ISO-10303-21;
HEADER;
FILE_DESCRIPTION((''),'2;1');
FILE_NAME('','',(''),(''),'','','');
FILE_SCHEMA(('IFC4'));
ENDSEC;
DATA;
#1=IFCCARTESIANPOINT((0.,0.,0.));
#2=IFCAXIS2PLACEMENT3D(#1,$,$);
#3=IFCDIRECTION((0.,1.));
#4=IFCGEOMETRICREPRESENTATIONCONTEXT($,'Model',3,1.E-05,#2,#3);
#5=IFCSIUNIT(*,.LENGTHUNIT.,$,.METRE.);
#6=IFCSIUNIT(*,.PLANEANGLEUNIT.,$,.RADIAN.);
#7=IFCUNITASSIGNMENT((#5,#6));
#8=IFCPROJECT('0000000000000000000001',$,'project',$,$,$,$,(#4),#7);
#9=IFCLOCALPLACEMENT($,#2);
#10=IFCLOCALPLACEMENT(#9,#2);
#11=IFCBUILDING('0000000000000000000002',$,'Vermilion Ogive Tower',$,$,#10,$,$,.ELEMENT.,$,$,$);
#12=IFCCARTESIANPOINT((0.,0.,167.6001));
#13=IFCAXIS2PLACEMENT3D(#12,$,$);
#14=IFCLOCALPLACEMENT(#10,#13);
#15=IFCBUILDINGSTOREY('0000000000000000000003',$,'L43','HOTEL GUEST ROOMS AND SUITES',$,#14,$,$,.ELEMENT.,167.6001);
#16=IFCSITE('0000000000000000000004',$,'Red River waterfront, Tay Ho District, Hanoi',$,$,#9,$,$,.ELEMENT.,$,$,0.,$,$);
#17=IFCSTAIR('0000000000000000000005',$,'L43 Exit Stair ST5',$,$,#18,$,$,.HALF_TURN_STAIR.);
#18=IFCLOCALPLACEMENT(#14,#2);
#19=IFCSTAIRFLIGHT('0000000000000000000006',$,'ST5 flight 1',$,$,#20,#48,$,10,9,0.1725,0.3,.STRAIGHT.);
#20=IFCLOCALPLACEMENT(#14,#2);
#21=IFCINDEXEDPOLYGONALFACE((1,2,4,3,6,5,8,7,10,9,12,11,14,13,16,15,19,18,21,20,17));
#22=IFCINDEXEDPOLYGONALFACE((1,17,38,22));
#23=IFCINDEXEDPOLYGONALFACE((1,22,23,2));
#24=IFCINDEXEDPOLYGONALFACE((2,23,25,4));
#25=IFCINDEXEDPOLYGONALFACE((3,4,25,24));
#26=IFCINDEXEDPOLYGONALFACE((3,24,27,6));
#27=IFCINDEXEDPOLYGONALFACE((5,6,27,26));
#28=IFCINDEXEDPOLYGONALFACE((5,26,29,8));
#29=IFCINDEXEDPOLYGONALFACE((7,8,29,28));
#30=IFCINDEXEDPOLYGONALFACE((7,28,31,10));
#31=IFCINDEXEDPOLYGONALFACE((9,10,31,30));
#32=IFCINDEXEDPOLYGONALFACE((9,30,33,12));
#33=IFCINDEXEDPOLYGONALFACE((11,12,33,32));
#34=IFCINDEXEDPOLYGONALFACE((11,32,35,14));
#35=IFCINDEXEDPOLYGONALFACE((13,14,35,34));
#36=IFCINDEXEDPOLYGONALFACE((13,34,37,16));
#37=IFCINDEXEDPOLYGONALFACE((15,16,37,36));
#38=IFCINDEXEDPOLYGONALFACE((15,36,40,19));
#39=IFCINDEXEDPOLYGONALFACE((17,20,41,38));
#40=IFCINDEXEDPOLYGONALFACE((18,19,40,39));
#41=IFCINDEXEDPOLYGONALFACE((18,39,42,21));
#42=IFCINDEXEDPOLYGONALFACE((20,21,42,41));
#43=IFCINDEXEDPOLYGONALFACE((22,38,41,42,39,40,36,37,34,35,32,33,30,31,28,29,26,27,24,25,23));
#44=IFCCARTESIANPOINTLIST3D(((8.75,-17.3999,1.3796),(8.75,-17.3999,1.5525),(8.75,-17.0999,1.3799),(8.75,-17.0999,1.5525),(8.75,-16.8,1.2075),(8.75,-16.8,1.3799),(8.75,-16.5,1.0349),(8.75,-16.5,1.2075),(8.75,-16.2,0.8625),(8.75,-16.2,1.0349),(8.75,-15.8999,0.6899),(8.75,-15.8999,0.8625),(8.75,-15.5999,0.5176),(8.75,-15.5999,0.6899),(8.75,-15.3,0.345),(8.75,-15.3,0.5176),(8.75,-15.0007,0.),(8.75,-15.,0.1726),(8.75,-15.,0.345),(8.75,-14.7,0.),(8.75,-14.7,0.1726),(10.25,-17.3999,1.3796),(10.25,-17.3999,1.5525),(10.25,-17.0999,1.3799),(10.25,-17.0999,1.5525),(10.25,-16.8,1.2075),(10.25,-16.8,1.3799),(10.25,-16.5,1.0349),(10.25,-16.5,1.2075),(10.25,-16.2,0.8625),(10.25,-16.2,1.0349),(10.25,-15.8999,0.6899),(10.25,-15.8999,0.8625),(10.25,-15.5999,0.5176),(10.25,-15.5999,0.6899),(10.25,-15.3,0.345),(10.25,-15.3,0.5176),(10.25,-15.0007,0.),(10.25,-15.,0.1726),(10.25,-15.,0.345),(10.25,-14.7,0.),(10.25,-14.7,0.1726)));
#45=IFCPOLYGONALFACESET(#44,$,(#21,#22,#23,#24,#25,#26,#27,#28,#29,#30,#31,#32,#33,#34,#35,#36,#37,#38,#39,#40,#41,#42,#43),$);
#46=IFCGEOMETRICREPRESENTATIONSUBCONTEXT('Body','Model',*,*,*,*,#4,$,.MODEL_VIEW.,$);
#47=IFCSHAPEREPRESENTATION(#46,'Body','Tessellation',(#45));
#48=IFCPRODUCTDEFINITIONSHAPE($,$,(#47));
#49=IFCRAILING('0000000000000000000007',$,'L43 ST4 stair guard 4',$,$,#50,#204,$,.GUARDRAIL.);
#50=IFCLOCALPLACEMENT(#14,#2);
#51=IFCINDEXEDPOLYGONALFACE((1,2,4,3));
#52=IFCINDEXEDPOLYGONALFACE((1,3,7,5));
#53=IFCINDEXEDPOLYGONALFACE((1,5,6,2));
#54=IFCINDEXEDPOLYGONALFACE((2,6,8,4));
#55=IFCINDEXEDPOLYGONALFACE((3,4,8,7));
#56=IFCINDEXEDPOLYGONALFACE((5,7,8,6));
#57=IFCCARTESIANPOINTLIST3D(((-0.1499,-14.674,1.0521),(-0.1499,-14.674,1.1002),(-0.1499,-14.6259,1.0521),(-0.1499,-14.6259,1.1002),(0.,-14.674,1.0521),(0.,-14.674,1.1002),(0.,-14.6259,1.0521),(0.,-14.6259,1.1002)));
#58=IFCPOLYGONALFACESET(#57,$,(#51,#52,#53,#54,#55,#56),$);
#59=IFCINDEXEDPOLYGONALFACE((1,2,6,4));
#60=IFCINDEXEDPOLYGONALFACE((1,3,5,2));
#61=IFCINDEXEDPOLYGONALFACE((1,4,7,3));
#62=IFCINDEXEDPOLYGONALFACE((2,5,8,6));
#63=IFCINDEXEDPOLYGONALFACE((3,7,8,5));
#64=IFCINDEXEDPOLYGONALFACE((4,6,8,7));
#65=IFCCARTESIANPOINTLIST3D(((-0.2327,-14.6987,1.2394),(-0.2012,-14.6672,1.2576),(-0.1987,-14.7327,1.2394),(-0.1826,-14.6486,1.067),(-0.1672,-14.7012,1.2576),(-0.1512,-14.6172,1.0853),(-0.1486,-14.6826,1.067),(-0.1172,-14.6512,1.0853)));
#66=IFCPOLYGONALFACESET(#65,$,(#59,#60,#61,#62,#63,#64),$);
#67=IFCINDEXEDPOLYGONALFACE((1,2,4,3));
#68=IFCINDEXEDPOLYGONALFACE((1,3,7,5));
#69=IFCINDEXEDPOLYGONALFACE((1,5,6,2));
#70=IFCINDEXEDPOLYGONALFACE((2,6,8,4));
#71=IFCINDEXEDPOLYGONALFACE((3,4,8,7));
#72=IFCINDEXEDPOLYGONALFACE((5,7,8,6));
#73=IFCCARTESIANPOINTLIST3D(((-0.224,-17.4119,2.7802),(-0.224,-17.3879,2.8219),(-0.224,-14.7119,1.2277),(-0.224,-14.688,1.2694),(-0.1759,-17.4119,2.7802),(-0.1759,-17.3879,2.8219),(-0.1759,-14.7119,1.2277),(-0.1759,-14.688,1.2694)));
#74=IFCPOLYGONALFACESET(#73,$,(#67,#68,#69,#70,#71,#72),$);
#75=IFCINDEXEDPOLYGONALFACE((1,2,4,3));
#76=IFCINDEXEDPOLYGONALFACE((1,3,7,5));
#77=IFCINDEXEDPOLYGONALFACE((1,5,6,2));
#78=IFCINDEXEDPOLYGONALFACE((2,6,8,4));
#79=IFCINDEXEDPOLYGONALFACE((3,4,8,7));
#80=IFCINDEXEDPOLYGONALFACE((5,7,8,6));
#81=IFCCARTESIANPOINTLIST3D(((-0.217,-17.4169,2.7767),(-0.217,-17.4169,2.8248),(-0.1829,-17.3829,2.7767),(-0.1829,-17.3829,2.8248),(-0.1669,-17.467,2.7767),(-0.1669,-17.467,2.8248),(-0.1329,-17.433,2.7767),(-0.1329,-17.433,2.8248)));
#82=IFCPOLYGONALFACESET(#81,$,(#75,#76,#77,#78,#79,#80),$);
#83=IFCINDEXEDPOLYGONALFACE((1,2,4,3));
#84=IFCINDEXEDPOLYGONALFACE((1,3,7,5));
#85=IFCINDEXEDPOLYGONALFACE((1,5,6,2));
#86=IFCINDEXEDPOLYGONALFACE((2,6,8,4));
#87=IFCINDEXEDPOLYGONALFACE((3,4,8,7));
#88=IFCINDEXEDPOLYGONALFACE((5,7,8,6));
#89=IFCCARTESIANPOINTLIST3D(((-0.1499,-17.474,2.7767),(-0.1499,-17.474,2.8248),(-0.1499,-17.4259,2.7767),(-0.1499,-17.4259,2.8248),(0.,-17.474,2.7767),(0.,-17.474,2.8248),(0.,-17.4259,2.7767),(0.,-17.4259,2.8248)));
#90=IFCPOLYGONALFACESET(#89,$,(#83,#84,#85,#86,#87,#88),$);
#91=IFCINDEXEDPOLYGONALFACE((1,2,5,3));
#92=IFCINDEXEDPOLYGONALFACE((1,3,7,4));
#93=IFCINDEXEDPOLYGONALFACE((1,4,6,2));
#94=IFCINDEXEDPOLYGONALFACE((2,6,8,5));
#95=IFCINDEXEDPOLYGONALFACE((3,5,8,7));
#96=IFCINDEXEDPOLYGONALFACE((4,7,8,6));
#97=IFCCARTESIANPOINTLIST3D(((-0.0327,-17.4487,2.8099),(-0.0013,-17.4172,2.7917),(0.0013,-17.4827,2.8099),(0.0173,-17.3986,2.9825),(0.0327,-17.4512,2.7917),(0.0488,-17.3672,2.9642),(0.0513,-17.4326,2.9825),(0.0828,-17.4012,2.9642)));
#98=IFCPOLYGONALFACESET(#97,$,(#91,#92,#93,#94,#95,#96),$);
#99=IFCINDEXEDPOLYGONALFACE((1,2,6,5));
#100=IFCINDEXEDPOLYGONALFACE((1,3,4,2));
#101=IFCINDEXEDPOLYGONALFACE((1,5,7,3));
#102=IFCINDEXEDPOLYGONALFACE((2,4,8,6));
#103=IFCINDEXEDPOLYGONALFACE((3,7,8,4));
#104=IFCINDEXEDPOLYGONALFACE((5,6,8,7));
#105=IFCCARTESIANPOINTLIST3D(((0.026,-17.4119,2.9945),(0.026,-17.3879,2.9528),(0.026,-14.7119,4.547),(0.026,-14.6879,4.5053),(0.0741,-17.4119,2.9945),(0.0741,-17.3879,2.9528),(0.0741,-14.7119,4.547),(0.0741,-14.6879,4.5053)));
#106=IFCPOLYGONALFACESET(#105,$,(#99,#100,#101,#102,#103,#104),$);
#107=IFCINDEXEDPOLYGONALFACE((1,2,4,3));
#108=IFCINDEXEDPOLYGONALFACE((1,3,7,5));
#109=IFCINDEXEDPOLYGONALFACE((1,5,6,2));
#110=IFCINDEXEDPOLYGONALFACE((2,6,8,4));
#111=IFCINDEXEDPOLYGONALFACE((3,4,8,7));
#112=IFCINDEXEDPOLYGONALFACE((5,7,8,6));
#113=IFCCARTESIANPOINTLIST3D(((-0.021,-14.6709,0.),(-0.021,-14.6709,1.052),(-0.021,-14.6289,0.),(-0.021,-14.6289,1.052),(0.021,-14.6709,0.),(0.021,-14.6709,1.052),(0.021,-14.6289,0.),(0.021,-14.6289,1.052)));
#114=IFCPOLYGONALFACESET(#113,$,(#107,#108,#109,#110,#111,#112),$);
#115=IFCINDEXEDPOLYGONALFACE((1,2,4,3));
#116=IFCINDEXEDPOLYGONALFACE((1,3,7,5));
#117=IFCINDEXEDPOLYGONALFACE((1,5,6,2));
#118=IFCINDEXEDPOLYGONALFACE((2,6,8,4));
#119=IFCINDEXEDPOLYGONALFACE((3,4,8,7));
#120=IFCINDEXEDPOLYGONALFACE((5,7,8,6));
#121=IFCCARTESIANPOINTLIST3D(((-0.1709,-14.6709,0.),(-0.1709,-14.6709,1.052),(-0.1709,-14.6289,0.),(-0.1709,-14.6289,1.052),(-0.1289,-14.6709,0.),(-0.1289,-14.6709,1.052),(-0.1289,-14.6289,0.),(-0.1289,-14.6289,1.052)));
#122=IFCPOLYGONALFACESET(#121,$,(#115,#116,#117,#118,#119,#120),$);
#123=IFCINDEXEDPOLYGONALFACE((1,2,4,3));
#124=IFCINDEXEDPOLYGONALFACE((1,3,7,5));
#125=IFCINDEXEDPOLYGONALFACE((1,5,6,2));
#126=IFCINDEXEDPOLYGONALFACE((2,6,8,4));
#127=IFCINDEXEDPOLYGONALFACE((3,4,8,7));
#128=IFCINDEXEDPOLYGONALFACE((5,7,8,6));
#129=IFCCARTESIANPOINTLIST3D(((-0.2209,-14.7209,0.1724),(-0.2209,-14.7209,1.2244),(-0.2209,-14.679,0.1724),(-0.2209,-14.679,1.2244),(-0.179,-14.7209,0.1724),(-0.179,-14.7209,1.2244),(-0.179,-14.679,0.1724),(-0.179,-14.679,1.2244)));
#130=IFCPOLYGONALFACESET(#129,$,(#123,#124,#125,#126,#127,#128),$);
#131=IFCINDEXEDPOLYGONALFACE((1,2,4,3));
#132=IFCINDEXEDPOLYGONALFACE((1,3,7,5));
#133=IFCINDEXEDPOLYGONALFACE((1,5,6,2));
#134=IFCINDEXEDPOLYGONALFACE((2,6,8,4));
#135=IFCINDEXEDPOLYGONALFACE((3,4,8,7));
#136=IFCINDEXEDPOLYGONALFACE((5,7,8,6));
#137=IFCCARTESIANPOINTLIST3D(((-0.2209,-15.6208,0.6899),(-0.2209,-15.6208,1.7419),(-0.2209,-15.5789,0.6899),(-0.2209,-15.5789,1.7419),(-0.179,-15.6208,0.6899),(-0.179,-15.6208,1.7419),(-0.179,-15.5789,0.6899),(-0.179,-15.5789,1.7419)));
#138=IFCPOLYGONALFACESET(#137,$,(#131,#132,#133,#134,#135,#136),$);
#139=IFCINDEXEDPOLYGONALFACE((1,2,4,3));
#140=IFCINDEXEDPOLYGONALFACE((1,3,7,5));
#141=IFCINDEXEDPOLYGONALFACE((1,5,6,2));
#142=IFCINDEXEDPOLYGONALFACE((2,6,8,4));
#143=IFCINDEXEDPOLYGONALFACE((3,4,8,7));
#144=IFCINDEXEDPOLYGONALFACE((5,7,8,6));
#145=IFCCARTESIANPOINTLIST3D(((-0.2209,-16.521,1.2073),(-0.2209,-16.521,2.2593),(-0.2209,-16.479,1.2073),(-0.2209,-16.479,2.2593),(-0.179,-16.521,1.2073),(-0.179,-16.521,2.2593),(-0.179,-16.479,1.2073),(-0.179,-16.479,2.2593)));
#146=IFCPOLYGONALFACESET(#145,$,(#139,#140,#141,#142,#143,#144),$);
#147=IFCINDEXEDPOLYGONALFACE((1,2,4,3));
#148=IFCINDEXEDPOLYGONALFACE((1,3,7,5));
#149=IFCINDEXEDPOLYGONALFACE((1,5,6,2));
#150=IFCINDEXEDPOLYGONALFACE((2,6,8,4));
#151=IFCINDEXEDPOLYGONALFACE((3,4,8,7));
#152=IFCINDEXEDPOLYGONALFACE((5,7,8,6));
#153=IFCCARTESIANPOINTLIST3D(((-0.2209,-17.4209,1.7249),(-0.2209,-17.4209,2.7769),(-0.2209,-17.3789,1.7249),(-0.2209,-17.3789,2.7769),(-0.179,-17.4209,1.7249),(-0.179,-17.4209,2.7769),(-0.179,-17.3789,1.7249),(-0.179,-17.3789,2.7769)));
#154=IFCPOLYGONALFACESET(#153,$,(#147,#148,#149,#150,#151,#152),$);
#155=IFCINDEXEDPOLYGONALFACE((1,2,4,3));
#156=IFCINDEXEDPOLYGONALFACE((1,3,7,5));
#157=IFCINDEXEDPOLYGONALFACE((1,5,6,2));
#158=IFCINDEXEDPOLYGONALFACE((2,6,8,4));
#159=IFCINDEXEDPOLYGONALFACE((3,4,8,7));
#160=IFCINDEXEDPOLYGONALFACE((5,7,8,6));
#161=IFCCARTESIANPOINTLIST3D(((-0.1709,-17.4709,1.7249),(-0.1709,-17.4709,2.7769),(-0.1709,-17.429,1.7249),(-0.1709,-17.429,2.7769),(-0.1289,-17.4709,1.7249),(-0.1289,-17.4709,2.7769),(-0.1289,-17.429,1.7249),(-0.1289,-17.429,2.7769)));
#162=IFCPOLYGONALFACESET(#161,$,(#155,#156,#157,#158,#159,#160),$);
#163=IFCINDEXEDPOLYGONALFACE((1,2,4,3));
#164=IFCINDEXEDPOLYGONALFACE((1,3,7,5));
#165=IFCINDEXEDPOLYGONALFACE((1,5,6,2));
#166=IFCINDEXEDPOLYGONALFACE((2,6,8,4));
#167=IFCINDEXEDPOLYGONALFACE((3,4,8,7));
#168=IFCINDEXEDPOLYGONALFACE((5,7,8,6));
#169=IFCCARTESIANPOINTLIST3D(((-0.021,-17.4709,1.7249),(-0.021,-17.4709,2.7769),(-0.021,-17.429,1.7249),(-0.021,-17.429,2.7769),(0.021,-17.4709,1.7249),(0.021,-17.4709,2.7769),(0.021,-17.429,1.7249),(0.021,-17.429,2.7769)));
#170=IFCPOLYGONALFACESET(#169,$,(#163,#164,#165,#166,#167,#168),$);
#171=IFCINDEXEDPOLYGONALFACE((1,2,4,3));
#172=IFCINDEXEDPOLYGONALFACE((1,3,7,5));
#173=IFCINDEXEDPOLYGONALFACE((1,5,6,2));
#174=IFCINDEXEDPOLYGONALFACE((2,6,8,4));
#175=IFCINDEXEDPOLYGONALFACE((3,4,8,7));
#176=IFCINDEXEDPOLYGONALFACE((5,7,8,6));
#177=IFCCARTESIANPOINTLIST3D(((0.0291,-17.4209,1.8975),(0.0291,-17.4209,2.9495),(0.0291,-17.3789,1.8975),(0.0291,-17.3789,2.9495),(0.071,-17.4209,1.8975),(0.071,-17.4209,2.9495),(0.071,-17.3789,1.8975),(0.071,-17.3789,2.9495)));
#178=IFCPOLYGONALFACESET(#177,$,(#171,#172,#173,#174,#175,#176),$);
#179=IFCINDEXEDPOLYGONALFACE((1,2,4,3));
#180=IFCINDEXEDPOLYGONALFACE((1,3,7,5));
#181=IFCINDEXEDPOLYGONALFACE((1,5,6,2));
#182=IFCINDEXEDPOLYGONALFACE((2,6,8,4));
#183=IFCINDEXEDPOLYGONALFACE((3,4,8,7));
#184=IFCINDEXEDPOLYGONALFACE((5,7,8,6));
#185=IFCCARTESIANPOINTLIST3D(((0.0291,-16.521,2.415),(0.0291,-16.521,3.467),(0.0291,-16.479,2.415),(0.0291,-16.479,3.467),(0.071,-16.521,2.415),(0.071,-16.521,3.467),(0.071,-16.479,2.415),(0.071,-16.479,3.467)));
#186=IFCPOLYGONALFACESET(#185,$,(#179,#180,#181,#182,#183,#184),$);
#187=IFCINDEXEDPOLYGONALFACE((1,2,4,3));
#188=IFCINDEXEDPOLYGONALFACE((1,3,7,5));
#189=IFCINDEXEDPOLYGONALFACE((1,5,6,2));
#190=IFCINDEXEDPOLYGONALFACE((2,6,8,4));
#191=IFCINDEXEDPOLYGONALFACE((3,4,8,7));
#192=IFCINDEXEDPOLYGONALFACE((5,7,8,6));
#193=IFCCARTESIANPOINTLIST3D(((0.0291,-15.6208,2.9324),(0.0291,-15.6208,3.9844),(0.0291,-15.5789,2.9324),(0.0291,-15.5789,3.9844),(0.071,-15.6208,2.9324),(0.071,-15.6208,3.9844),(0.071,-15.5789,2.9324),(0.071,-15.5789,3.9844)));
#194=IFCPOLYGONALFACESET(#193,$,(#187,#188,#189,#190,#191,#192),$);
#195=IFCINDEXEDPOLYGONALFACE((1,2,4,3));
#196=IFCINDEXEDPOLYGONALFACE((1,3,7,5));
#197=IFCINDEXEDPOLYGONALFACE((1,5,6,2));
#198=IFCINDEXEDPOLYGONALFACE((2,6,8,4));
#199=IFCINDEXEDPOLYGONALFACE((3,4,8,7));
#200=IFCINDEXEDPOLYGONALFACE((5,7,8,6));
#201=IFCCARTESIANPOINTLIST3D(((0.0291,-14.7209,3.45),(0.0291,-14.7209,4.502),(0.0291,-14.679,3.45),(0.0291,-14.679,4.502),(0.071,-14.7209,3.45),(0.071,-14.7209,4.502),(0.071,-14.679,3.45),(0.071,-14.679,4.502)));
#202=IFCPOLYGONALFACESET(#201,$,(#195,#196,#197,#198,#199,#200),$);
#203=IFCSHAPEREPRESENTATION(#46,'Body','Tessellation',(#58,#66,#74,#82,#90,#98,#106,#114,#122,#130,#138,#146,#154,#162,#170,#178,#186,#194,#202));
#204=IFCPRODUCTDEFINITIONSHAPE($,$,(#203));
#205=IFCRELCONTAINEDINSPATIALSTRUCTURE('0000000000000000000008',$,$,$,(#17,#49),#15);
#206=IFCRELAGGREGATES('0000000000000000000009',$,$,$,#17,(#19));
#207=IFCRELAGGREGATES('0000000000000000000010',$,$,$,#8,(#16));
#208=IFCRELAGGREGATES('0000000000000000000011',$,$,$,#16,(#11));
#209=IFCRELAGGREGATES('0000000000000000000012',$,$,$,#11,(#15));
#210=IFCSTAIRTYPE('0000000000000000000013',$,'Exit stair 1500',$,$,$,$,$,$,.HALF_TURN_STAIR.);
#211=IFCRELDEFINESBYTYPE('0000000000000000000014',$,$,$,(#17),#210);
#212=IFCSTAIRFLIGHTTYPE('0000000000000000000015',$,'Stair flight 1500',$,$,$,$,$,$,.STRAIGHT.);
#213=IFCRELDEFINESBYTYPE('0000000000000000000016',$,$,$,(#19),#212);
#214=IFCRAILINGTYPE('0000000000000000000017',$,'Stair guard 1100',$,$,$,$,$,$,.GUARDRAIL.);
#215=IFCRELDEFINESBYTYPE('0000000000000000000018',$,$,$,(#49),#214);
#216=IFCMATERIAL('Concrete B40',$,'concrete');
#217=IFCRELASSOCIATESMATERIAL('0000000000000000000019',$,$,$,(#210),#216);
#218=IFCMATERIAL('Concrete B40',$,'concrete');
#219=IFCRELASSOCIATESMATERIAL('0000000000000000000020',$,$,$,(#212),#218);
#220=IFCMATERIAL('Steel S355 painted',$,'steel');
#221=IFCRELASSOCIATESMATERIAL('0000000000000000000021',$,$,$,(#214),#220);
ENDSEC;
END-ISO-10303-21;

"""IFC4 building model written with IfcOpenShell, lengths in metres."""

from ifc_helpers import new_model, si_unit, direction, frame, origin, origin_2d, place, context, subcontext, project, spatial, polyline, rectangle, outline, extrude, material, type_object, element, aggregate, save


model = new_model("IFC4")

# Units and contexts
model_context = context("Model", 3, precision=1e-05, world=origin(), true_north=direction((0.0, 1.0)))
body_context = subcontext(model_context, "Body", "Model", "MODEL_VIEW")
ifc_project = project(units=[si_unit("LENGTHUNIT", "METRE"), si_unit("PLANEANGLEUNIT", "RADIAN")], contexts=[model_context])

# Site, building, storey
site_placement = place(None, origin())
site = spatial("IfcSite", under=ifc_project, at=site_placement, Name="Red River waterfront, Tay Ho District, Hanoi", CompositionType="ELEMENT", RefElevation=0.0)
building_placement = place(site_placement, origin())
building = spatial("IfcBuilding", under=site, at=building_placement, Name="Vermilion Ogive Tower", CompositionType="ELEMENT")
storey_placement = place(building_placement, frame((0.0, 0.0, 167.6001)))
storey = spatial("IfcBuildingStorey", under=building, at=storey_placement, Name="L43", Description="HOTEL GUEST ROOMS AND SUITES", CompositionType="ELEMENT", Elevation=167.6001)

# Stair, stair flight
ifc_material_1 = material(Name="Concrete B40", Category="concrete")
stair_type = type_object("IfcStairType", Name="Exit stair 1500", PredefinedType="HALF_TURN_STAIR", material=ifc_material_1)
stair_placement = place(storey_placement, origin())
stair = element("IfcStair", 1, at=stair_placement, inside=storey, type_object=stair_type, Name="L43 Exit Stair ST5", PredefinedType="HALF_TURN_STAIR")
ifc_material_2 = material(Name="Concrete B40", Category="concrete")
stair_flight_type = type_object("IfcStairFlightType", Name="Stair flight 1500", PredefinedType="STRAIGHT", material=ifc_material_2)
stair_flight_placement = place(storey_placement, frame((9.5, -14.7, 0.0), z_axis=(0.0, 0.0, 1.0), x_axis=(0.0, -1.0, 0.0)))
stair_flight = element("IfcStairFlight", 2, at=stair_flight_placement, type_object=stair_flight_type, Name="ST5 flight 1", NumberOfRisers=10, NumberOfTreads=9, PredefinedType="STRAIGHT", RiserHeight=0.1725, TreadLength=0.3, context=body_context, shape_type="SweptSolid", body=[
    extrude(outline(polyline([(0.0, 0.0), (0.0, 0.1726), (0.3, 0.1726), (0.3, 0.345), (0.6001, 0.345), (0.6001, 0.5176), (0.8999, 0.5176), (0.8999, 0.6899), (1.2, 0.6899), (1.2, 0.8625), (1.5, 0.8625), (1.5, 1.0349), (1.8, 1.0349), (1.8, 1.2075), (2.1001, 1.2075), (2.1001, 1.3799), (2.3999, 1.3799), (2.3999, 1.5525), (2.7, 1.5525), (2.7, 1.7251), (2.7, 1.3796), (0.3008, 0.0), (0.0, 0.0)])), frame((0.0, 0.75, 0.0), z_axis=(0.0, -1.0, 0.0), x_axis=(1.0, 0.0, 0.0)), (0.0, 0.0, 1.0), 1.5),
])
aggregate(stair, [stair_flight])

# Railing
ifc_material_3 = material(Name="Steel S355 painted", Category="steel")
railing_type_1 = type_object("IfcRailingType", Name="Stair guard 1100", PredefinedType="GUARDRAIL", material=ifc_material_3)
railing_1_placement = place(storey_placement, frame((0.0, -14.6499, 0.0)))
element("IfcRailing", 3, at=railing_1_placement, inside=storey, type_object=railing_type_1, Name="L43 ST4 stair guard 4", PredefinedType="GUARDRAIL", context=body_context, shape_type="SweptSolid", body=[
    extrude(rectangle(XDim=0.0481, YDim=0.0481, at=origin_2d()), frame((0.0, 0.0, 1.0762), z_axis=(-1.0, 0.0, 0.0), x_axis=(0.0, -1.0, 0.0)), (0.0, 0.0, 1.0), 0.1499),
    extrude(rectangle(XDim=0.0481, YDim=0.0481, at=origin_2d()), frame((-0.1499, 0.0, 1.0762), z_axis=(-0.268603, -0.268603, 0.925043), x_axis=(0.707107, -0.707107, 0.0)), (0.0, 0.0, 1.0), 0.1863),
    extrude(rectangle(XDim=0.0481, YDim=0.0481, at=origin_2d()), frame((-0.2, -0.05, 1.2485), z_axis=(0.0, -0.866904, 0.498476), x_axis=(1.0, 0.0, 0.0)), (0.0, 0.0, 1.0), 3.1145),
    extrude(rectangle(XDim=0.0481, YDim=0.0481, at=origin_2d()), frame((-0.2, -2.75, 2.8008), z_axis=(0.707107, -0.707107, 0.0), x_axis=(0.707107, 0.707107, 0.0)), (0.0, 0.0, 1.0), 0.0708),
    extrude(rectangle(XDim=0.0481, YDim=0.0481, at=origin_2d()), frame((-0.1499, -2.8, 2.8008), z_axis=(1.0, 0.0, 0.0), x_axis=(0.0, 1.0, 0.0)), (0.0, 0.0, 1.0), 0.1499),
    extrude(rectangle(XDim=0.0481, YDim=0.0481, at=origin_2d()), frame((0.0, -2.8, 2.8008), z_axis=(0.268278, 0.268278, 0.925232), x_axis=(-0.707107, 0.707107, 0.0)), (0.0, 0.0, 1.0), 0.1865),
    extrude(rectangle(XDim=0.0481, YDim=0.0481, at=origin_2d()), frame((0.05, -2.75, 2.9736), z_axis=(0.0, 0.866904, 0.498476), x_axis=(-1.0, 0.0, 0.0)), (0.0, 0.0, 1.0), 3.1145),
    extrude(rectangle(XDim=0.042, YDim=0.042, at=origin_2d()), origin(), (0.0, 0.0, 1.0), 1.052),
    extrude(rectangle(XDim=0.042, YDim=0.042, at=origin_2d()), frame((-0.1499, 0.0, 0.0)), (0.0, 0.0, 1.0), 1.052),
    extrude(rectangle(XDim=0.042, YDim=0.042, at=origin_2d()), frame((-0.2, -0.05, 0.1724)), (0.0, 0.0, 1.0), 1.052),
    extrude(rectangle(XDim=0.042, YDim=0.042, at=origin_2d()), frame((-0.2, -0.95, 0.6899)), (0.0, 0.0, 1.0), 1.052),
    extrude(rectangle(XDim=0.042, YDim=0.042, at=origin_2d()), frame((-0.2, -1.8501, 1.2073)), (0.0, 0.0, 1.0), 1.052),
    extrude(rectangle(XDim=0.042, YDim=0.042, at=origin_2d()), frame((-0.2, -2.75, 1.7249)), (0.0, 0.0, 1.0), 1.052),
    extrude(rectangle(XDim=0.042, YDim=0.042, at=origin_2d()), frame((-0.1499, -2.8, 1.7249)), (0.0, 0.0, 1.0), 1.052),
    extrude(rectangle(XDim=0.042, YDim=0.042, at=origin_2d()), frame((0.0, -2.8, 1.7249)), (0.0, 0.0, 1.0), 1.052),
    extrude(rectangle(XDim=0.042, YDim=0.042, at=origin_2d()), frame((0.05, -2.75, 1.8975)), (0.0, 0.0, 1.0), 1.052),
    extrude(rectangle(XDim=0.042, YDim=0.042, at=origin_2d()), frame((0.05, -1.8501, 2.415)), (0.0, 0.0, 1.0), 1.052),
    extrude(rectangle(XDim=0.042, YDim=0.042, at=origin_2d()), frame((0.05, -0.95, 2.9324)), (0.0, 0.0, 1.0), 1.052),
    extrude(rectangle(XDim=0.042, YDim=0.042, at=origin_2d()), frame((0.05, -0.05, 3.45)), (0.0, 0.0, 1.0), 1.052),
])

save(model, "model.ifc")
